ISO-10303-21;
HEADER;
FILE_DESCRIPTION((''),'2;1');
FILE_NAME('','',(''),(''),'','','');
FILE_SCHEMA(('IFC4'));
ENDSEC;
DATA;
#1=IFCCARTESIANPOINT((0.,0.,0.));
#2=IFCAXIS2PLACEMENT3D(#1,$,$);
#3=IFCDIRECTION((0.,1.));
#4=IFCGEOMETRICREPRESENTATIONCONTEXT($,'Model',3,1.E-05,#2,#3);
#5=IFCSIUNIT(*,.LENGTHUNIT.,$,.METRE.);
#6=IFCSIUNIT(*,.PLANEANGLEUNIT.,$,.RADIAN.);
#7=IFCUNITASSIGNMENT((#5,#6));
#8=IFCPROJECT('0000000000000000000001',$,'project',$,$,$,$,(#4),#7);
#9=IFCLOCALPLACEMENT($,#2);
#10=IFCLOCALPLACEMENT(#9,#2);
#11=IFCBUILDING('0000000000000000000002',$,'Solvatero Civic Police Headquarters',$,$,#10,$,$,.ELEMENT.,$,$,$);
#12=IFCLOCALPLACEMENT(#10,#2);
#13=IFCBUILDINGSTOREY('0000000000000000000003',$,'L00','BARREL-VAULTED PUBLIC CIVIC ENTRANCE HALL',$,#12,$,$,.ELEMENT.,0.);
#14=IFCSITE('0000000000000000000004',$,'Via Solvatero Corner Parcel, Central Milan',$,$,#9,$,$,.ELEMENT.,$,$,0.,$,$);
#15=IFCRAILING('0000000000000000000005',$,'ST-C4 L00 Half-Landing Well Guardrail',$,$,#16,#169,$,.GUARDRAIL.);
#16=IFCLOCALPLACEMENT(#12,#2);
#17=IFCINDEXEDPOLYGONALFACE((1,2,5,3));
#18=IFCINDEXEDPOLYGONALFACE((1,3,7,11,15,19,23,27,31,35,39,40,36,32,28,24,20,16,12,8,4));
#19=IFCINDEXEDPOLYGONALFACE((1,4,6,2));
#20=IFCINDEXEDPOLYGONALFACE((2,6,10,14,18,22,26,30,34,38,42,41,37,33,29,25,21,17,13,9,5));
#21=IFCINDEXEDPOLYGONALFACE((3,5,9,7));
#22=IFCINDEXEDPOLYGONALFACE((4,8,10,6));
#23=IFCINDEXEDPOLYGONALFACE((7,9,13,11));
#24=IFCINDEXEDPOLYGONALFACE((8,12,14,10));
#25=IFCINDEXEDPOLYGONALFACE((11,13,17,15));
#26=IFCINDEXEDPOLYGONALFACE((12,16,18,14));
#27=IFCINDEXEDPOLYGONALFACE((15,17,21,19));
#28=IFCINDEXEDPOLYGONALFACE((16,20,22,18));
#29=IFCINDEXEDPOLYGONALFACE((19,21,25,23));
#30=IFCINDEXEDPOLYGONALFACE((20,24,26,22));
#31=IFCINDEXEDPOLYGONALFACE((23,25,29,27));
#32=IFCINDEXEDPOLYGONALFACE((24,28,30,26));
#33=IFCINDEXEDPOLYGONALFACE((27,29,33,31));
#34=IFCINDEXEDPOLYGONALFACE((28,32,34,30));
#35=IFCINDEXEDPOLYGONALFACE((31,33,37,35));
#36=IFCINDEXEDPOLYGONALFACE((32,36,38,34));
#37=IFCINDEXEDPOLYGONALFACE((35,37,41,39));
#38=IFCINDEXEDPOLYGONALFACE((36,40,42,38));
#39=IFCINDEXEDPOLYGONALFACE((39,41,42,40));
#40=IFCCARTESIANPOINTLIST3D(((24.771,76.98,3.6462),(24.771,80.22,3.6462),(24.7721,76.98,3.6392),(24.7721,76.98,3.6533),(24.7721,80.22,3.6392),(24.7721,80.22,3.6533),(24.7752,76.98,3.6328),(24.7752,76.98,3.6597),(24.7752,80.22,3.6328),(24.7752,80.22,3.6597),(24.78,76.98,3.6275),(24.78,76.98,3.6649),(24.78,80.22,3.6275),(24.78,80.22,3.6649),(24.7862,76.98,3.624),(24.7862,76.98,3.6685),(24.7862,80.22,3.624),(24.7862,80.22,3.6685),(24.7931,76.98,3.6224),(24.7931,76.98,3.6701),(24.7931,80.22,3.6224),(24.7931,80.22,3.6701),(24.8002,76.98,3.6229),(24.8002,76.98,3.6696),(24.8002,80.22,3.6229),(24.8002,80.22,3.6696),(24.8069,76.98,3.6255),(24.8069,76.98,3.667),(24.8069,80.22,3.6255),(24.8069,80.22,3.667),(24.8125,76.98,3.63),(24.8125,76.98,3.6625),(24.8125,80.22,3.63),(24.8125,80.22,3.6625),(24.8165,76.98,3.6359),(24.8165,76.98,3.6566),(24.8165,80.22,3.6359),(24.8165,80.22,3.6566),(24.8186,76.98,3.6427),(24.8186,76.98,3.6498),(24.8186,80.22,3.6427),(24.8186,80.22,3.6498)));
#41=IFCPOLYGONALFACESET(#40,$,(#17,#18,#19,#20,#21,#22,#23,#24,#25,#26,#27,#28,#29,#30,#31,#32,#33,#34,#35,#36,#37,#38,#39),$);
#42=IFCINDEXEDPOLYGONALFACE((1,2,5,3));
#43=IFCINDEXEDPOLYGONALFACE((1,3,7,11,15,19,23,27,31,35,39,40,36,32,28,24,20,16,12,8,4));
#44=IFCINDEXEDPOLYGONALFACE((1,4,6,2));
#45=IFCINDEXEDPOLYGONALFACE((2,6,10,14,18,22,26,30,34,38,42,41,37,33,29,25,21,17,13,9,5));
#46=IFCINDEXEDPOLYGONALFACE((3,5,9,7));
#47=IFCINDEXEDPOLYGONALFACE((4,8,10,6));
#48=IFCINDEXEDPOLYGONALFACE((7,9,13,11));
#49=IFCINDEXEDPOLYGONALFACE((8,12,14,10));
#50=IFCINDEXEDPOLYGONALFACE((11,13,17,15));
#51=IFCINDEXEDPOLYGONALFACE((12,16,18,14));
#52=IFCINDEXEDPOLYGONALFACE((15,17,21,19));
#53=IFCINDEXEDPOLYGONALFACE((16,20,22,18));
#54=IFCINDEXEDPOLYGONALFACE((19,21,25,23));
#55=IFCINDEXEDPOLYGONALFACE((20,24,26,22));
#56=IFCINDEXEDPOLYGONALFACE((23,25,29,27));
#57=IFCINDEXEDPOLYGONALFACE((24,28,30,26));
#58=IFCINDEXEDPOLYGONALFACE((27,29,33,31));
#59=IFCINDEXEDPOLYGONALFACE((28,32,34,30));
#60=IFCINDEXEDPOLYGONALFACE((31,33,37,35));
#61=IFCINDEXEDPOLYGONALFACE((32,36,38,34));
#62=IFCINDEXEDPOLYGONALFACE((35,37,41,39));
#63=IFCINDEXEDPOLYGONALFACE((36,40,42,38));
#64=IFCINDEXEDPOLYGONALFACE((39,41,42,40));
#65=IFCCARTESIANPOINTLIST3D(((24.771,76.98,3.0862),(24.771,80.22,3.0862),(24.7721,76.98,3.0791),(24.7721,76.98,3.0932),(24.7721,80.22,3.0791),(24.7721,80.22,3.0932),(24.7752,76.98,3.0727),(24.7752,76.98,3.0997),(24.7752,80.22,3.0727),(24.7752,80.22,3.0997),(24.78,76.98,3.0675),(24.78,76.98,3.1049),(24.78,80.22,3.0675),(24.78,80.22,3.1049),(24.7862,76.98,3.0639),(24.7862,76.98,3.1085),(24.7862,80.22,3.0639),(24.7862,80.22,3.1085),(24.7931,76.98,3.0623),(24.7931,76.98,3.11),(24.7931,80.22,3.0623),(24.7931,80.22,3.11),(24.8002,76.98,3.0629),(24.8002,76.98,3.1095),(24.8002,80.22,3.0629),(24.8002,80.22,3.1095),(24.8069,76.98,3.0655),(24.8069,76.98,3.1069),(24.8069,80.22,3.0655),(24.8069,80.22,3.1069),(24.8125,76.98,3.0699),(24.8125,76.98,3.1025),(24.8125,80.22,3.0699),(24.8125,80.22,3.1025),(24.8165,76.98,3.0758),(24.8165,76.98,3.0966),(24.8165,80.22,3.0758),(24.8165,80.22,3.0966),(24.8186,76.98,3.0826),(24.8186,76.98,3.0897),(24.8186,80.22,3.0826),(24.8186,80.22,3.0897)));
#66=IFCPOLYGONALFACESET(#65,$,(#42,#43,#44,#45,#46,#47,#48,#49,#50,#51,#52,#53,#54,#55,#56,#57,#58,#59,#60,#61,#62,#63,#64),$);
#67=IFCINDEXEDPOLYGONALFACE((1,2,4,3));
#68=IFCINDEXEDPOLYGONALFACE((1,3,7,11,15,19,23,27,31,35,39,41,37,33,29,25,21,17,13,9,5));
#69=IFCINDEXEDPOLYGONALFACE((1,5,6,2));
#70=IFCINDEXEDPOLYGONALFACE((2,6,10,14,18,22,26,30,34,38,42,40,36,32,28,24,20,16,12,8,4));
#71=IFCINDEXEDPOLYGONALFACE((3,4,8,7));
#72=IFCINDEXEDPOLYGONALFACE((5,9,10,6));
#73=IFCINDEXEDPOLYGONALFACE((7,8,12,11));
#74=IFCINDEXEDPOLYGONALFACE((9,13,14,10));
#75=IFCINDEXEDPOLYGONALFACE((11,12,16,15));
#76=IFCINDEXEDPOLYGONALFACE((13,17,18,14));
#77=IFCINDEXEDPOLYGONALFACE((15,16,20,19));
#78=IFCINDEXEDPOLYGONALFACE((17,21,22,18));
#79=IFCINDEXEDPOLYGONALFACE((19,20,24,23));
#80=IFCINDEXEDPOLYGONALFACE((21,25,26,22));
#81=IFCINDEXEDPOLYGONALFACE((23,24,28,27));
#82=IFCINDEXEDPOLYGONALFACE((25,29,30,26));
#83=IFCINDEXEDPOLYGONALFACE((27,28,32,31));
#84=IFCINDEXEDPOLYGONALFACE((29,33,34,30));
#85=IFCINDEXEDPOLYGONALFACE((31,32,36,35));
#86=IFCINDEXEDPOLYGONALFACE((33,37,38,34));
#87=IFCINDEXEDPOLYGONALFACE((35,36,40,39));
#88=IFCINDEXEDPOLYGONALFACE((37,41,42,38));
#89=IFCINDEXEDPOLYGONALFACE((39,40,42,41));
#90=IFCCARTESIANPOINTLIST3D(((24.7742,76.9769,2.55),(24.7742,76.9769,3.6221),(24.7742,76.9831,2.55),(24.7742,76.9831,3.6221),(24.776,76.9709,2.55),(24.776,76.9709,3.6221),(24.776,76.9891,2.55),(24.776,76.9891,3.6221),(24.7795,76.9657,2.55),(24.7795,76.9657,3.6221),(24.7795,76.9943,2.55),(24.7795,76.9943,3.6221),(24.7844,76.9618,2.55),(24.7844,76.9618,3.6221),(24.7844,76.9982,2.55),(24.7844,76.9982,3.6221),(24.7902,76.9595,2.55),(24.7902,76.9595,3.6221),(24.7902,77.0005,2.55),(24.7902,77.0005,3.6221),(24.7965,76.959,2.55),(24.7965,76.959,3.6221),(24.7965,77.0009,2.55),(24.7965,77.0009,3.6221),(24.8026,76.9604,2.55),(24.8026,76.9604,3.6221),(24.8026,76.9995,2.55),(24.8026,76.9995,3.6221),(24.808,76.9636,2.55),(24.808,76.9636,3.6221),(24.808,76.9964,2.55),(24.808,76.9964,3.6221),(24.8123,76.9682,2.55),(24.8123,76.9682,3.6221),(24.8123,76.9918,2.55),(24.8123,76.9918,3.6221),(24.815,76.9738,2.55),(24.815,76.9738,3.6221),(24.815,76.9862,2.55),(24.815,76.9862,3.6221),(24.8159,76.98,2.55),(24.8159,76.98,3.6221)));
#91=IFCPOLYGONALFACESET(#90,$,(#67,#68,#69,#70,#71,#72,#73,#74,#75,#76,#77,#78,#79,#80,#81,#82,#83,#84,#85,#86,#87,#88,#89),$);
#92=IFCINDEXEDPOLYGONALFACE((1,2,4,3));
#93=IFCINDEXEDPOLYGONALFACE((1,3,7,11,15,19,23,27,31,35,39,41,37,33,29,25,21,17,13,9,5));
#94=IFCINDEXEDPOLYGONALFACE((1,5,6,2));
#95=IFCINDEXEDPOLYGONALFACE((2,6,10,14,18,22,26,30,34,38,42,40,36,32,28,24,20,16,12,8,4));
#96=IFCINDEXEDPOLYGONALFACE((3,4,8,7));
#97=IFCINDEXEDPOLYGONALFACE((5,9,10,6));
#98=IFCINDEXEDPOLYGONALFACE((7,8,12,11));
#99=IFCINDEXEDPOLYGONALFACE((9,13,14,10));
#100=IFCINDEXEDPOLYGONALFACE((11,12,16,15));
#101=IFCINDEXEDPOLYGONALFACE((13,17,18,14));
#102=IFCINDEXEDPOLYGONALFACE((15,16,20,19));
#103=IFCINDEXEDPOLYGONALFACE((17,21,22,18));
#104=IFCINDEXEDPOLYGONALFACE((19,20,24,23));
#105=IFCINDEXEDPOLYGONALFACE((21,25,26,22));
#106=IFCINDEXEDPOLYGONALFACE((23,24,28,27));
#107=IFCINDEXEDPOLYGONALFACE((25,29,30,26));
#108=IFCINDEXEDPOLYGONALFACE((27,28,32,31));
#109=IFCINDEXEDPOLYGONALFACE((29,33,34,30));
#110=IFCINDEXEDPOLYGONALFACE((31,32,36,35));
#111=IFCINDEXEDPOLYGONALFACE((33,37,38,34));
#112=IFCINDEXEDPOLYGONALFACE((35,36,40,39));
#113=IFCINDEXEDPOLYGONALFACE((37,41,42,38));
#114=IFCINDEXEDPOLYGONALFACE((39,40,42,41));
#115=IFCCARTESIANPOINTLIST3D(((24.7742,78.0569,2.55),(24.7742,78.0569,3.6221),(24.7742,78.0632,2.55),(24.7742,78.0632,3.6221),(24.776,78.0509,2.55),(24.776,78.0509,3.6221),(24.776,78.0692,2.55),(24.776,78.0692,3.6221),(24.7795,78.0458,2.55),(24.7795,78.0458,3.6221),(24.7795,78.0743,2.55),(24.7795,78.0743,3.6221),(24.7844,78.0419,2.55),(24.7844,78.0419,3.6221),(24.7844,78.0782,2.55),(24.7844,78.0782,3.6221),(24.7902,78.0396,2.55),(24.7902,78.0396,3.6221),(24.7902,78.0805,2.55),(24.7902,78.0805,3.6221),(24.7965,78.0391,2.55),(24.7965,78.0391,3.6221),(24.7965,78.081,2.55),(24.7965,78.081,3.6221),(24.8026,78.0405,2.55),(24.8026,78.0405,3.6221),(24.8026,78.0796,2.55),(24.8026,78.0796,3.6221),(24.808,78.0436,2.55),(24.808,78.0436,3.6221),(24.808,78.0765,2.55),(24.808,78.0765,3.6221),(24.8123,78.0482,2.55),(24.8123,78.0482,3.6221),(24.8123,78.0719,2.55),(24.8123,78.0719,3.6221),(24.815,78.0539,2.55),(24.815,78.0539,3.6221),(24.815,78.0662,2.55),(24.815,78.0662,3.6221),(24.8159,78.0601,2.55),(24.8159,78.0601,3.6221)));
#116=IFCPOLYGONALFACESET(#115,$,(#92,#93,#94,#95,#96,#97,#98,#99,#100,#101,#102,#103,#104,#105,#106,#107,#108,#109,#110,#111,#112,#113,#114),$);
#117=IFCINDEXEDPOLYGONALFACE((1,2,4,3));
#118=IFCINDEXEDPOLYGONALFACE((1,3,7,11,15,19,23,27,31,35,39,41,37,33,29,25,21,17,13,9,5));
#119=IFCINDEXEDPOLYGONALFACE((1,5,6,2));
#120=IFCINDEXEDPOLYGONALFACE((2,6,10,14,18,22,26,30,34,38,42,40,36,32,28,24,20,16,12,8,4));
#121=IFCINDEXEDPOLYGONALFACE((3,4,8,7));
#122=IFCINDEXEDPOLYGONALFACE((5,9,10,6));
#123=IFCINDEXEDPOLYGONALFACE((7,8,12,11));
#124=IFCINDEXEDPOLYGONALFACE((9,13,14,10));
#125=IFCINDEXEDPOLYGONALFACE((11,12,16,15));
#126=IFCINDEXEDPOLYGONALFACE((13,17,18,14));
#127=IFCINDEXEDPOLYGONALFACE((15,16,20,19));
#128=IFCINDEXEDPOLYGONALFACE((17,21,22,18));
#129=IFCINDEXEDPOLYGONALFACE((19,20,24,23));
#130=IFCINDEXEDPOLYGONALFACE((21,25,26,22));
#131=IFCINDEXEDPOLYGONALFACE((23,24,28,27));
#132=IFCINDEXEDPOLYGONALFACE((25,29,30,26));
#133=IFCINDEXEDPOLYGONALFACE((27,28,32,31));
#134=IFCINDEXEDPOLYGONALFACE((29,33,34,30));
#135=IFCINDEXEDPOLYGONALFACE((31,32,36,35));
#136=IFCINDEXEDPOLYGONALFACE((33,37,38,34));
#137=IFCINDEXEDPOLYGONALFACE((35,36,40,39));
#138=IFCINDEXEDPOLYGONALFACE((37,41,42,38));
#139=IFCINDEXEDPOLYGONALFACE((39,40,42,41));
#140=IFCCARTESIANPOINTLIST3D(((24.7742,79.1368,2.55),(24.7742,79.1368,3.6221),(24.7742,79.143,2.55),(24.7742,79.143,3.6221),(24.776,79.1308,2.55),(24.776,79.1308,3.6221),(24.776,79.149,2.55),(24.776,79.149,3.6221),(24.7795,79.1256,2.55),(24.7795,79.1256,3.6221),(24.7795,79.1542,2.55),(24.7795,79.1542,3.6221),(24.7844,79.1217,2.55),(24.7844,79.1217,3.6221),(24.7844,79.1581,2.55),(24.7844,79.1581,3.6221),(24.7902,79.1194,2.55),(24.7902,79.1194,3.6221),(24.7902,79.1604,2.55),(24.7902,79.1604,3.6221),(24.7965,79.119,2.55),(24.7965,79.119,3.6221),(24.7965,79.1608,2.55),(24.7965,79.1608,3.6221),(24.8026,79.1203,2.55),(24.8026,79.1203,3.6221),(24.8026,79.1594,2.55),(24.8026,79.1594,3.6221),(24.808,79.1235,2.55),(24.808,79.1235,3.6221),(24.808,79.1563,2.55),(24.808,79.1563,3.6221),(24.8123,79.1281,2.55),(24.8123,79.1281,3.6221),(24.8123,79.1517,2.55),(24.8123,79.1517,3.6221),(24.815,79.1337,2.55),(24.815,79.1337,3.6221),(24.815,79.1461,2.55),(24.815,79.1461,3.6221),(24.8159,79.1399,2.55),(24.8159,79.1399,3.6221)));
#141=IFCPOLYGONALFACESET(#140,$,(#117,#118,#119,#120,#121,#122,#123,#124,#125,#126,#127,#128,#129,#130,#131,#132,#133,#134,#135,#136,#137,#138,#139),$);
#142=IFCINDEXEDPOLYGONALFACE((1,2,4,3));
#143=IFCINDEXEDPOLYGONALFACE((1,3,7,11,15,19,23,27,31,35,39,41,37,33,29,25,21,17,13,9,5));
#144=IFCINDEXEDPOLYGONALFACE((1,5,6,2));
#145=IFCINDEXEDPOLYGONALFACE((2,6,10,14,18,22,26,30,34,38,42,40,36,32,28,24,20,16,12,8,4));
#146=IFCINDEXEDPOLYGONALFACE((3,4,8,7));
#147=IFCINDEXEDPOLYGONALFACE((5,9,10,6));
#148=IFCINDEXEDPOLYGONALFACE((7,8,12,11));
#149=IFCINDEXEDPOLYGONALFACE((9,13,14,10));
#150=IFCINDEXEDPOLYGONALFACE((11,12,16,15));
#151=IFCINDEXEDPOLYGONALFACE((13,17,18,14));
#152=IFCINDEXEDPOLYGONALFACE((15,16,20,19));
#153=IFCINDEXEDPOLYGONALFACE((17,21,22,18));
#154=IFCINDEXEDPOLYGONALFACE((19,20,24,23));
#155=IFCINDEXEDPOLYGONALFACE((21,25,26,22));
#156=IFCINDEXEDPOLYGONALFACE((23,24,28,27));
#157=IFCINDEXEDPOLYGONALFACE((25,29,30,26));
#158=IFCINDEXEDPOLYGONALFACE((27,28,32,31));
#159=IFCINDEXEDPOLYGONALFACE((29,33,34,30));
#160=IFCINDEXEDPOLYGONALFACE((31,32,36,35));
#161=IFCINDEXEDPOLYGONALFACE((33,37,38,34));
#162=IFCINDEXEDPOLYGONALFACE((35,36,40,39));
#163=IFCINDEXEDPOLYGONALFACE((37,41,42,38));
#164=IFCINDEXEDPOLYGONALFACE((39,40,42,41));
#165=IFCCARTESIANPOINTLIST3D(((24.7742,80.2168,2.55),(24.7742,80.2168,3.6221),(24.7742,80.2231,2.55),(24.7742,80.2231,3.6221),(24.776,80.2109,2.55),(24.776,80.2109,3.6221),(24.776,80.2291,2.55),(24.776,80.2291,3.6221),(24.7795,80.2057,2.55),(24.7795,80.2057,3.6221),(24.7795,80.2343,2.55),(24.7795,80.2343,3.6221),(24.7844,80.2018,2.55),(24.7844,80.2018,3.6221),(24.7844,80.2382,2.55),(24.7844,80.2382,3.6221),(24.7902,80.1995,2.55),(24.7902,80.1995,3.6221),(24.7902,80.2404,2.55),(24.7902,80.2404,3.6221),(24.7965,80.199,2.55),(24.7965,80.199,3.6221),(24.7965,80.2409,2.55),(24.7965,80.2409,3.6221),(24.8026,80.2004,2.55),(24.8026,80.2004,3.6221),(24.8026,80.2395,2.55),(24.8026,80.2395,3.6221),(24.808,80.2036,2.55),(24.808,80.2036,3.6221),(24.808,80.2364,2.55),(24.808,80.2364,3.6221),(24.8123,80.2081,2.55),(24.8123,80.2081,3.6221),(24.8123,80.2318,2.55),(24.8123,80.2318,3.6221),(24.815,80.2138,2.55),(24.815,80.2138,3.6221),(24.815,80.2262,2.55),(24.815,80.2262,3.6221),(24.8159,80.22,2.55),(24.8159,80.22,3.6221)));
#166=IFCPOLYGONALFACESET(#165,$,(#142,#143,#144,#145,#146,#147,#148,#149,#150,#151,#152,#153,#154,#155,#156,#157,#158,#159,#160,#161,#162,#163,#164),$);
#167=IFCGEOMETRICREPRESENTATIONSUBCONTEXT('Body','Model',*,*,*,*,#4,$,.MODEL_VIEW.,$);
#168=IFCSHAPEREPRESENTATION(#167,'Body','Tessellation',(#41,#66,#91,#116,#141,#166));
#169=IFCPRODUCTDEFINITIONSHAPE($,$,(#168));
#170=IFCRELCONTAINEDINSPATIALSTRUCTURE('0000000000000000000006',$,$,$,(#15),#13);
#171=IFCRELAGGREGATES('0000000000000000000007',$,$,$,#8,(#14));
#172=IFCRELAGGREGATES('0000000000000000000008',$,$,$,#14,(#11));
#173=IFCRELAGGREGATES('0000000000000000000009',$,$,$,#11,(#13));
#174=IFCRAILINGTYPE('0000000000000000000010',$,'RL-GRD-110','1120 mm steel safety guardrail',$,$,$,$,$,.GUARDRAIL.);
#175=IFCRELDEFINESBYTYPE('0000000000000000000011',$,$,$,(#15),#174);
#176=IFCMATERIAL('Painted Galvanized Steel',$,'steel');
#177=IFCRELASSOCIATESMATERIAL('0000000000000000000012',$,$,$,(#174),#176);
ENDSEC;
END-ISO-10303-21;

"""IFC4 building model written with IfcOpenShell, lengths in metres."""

from ifc_helpers import new_model, si_unit, direction, frame, origin, origin_2d, place, context, subcontext, project, spatial, circle, extrude, material, type_object, element, save


model = new_model("IFC4")

# Units and contexts
model_context = context("Model", 3, precision=1e-05, world=origin(), true_north=direction((0.0, 1.0)))
body_context = subcontext(model_context, "Body", "Model", "MODEL_VIEW")
ifc_project = project(units=[si_unit("LENGTHUNIT", "METRE"), si_unit("PLANEANGLEUNIT", "RADIAN")], contexts=[model_context])

# Site, building, storey
site_placement = place(None, origin())
site = spatial("IfcSite", under=ifc_project, at=site_placement, Name="Via Solvatero Corner Parcel, Central Milan", CompositionType="ELEMENT", RefElevation=0.0)
building_placement = place(site_placement, origin())
building = spatial("IfcBuilding", under=site, at=building_placement, Name="Solvatero Civic Police Headquarters", CompositionType="ELEMENT")
storey_placement = place(building_placement, origin())
storey = spatial("IfcBuildingStorey", under=building, at=storey_placement, Name="L00", Description="BARREL-VAULTED PUBLIC CIVIC ENTRANCE HALL", CompositionType="ELEMENT", Elevation=0.0)

# Railing
ifc_material_1 = material(Name="Painted Galvanized Steel", Category="steel")
railing_type_1 = type_object("IfcRailingType", Name="RL-GRD-110", Description="1120 mm steel safety guardrail", PredefinedType="GUARDRAIL", material=ifc_material_1)
railing_1_placement = place(storey_placement, frame((24.7949, 76.98, 2.55)))
element("IfcRailing", 1, at=railing_1_placement, inside=storey, type_object=railing_type_1, Name="ST-C4 L00 Half-Landing Well Guardrail", PredefinedType="GUARDRAIL", context=body_context, shape_type="SweptSolid", body=[
    extrude(circle(Radius=0.0239, at=origin_2d()), frame((0.0, 0.0, 1.0962), z_axis=(0.0, 1.0, 0.0), x_axis=(-1.0, 0.0, 0.0)), (0.0, 0.0, 1.0), 3.24),
    extrude(circle(Radius=0.0239, at=origin_2d()), frame((0.0, 0.0, 0.5361), z_axis=(0.0, 1.0, 0.0), x_axis=(-1.0, 0.0, 0.0)), (0.0, 0.0, 1.0), 3.24),
    extrude(circle(Radius=0.021, at=origin_2d()), origin(), (0.0, 0.0, 1.0), 1.072),
    extrude(circle(Radius=0.021, at=origin_2d()), frame((0.0, 1.0801, 0.0)), (0.0, 0.0, 1.0), 1.072),
    extrude(circle(Radius=0.021, at=origin_2d()), frame((0.0, 2.1599, 0.0)), (0.0, 0.0, 1.0), 1.072),
    extrude(circle(Radius=0.021, at=origin_2d()), frame((0.0, 3.24, 0.0)), (0.0, 0.0, 1.0), 1.072),
])

save(model, "model.ifc")
